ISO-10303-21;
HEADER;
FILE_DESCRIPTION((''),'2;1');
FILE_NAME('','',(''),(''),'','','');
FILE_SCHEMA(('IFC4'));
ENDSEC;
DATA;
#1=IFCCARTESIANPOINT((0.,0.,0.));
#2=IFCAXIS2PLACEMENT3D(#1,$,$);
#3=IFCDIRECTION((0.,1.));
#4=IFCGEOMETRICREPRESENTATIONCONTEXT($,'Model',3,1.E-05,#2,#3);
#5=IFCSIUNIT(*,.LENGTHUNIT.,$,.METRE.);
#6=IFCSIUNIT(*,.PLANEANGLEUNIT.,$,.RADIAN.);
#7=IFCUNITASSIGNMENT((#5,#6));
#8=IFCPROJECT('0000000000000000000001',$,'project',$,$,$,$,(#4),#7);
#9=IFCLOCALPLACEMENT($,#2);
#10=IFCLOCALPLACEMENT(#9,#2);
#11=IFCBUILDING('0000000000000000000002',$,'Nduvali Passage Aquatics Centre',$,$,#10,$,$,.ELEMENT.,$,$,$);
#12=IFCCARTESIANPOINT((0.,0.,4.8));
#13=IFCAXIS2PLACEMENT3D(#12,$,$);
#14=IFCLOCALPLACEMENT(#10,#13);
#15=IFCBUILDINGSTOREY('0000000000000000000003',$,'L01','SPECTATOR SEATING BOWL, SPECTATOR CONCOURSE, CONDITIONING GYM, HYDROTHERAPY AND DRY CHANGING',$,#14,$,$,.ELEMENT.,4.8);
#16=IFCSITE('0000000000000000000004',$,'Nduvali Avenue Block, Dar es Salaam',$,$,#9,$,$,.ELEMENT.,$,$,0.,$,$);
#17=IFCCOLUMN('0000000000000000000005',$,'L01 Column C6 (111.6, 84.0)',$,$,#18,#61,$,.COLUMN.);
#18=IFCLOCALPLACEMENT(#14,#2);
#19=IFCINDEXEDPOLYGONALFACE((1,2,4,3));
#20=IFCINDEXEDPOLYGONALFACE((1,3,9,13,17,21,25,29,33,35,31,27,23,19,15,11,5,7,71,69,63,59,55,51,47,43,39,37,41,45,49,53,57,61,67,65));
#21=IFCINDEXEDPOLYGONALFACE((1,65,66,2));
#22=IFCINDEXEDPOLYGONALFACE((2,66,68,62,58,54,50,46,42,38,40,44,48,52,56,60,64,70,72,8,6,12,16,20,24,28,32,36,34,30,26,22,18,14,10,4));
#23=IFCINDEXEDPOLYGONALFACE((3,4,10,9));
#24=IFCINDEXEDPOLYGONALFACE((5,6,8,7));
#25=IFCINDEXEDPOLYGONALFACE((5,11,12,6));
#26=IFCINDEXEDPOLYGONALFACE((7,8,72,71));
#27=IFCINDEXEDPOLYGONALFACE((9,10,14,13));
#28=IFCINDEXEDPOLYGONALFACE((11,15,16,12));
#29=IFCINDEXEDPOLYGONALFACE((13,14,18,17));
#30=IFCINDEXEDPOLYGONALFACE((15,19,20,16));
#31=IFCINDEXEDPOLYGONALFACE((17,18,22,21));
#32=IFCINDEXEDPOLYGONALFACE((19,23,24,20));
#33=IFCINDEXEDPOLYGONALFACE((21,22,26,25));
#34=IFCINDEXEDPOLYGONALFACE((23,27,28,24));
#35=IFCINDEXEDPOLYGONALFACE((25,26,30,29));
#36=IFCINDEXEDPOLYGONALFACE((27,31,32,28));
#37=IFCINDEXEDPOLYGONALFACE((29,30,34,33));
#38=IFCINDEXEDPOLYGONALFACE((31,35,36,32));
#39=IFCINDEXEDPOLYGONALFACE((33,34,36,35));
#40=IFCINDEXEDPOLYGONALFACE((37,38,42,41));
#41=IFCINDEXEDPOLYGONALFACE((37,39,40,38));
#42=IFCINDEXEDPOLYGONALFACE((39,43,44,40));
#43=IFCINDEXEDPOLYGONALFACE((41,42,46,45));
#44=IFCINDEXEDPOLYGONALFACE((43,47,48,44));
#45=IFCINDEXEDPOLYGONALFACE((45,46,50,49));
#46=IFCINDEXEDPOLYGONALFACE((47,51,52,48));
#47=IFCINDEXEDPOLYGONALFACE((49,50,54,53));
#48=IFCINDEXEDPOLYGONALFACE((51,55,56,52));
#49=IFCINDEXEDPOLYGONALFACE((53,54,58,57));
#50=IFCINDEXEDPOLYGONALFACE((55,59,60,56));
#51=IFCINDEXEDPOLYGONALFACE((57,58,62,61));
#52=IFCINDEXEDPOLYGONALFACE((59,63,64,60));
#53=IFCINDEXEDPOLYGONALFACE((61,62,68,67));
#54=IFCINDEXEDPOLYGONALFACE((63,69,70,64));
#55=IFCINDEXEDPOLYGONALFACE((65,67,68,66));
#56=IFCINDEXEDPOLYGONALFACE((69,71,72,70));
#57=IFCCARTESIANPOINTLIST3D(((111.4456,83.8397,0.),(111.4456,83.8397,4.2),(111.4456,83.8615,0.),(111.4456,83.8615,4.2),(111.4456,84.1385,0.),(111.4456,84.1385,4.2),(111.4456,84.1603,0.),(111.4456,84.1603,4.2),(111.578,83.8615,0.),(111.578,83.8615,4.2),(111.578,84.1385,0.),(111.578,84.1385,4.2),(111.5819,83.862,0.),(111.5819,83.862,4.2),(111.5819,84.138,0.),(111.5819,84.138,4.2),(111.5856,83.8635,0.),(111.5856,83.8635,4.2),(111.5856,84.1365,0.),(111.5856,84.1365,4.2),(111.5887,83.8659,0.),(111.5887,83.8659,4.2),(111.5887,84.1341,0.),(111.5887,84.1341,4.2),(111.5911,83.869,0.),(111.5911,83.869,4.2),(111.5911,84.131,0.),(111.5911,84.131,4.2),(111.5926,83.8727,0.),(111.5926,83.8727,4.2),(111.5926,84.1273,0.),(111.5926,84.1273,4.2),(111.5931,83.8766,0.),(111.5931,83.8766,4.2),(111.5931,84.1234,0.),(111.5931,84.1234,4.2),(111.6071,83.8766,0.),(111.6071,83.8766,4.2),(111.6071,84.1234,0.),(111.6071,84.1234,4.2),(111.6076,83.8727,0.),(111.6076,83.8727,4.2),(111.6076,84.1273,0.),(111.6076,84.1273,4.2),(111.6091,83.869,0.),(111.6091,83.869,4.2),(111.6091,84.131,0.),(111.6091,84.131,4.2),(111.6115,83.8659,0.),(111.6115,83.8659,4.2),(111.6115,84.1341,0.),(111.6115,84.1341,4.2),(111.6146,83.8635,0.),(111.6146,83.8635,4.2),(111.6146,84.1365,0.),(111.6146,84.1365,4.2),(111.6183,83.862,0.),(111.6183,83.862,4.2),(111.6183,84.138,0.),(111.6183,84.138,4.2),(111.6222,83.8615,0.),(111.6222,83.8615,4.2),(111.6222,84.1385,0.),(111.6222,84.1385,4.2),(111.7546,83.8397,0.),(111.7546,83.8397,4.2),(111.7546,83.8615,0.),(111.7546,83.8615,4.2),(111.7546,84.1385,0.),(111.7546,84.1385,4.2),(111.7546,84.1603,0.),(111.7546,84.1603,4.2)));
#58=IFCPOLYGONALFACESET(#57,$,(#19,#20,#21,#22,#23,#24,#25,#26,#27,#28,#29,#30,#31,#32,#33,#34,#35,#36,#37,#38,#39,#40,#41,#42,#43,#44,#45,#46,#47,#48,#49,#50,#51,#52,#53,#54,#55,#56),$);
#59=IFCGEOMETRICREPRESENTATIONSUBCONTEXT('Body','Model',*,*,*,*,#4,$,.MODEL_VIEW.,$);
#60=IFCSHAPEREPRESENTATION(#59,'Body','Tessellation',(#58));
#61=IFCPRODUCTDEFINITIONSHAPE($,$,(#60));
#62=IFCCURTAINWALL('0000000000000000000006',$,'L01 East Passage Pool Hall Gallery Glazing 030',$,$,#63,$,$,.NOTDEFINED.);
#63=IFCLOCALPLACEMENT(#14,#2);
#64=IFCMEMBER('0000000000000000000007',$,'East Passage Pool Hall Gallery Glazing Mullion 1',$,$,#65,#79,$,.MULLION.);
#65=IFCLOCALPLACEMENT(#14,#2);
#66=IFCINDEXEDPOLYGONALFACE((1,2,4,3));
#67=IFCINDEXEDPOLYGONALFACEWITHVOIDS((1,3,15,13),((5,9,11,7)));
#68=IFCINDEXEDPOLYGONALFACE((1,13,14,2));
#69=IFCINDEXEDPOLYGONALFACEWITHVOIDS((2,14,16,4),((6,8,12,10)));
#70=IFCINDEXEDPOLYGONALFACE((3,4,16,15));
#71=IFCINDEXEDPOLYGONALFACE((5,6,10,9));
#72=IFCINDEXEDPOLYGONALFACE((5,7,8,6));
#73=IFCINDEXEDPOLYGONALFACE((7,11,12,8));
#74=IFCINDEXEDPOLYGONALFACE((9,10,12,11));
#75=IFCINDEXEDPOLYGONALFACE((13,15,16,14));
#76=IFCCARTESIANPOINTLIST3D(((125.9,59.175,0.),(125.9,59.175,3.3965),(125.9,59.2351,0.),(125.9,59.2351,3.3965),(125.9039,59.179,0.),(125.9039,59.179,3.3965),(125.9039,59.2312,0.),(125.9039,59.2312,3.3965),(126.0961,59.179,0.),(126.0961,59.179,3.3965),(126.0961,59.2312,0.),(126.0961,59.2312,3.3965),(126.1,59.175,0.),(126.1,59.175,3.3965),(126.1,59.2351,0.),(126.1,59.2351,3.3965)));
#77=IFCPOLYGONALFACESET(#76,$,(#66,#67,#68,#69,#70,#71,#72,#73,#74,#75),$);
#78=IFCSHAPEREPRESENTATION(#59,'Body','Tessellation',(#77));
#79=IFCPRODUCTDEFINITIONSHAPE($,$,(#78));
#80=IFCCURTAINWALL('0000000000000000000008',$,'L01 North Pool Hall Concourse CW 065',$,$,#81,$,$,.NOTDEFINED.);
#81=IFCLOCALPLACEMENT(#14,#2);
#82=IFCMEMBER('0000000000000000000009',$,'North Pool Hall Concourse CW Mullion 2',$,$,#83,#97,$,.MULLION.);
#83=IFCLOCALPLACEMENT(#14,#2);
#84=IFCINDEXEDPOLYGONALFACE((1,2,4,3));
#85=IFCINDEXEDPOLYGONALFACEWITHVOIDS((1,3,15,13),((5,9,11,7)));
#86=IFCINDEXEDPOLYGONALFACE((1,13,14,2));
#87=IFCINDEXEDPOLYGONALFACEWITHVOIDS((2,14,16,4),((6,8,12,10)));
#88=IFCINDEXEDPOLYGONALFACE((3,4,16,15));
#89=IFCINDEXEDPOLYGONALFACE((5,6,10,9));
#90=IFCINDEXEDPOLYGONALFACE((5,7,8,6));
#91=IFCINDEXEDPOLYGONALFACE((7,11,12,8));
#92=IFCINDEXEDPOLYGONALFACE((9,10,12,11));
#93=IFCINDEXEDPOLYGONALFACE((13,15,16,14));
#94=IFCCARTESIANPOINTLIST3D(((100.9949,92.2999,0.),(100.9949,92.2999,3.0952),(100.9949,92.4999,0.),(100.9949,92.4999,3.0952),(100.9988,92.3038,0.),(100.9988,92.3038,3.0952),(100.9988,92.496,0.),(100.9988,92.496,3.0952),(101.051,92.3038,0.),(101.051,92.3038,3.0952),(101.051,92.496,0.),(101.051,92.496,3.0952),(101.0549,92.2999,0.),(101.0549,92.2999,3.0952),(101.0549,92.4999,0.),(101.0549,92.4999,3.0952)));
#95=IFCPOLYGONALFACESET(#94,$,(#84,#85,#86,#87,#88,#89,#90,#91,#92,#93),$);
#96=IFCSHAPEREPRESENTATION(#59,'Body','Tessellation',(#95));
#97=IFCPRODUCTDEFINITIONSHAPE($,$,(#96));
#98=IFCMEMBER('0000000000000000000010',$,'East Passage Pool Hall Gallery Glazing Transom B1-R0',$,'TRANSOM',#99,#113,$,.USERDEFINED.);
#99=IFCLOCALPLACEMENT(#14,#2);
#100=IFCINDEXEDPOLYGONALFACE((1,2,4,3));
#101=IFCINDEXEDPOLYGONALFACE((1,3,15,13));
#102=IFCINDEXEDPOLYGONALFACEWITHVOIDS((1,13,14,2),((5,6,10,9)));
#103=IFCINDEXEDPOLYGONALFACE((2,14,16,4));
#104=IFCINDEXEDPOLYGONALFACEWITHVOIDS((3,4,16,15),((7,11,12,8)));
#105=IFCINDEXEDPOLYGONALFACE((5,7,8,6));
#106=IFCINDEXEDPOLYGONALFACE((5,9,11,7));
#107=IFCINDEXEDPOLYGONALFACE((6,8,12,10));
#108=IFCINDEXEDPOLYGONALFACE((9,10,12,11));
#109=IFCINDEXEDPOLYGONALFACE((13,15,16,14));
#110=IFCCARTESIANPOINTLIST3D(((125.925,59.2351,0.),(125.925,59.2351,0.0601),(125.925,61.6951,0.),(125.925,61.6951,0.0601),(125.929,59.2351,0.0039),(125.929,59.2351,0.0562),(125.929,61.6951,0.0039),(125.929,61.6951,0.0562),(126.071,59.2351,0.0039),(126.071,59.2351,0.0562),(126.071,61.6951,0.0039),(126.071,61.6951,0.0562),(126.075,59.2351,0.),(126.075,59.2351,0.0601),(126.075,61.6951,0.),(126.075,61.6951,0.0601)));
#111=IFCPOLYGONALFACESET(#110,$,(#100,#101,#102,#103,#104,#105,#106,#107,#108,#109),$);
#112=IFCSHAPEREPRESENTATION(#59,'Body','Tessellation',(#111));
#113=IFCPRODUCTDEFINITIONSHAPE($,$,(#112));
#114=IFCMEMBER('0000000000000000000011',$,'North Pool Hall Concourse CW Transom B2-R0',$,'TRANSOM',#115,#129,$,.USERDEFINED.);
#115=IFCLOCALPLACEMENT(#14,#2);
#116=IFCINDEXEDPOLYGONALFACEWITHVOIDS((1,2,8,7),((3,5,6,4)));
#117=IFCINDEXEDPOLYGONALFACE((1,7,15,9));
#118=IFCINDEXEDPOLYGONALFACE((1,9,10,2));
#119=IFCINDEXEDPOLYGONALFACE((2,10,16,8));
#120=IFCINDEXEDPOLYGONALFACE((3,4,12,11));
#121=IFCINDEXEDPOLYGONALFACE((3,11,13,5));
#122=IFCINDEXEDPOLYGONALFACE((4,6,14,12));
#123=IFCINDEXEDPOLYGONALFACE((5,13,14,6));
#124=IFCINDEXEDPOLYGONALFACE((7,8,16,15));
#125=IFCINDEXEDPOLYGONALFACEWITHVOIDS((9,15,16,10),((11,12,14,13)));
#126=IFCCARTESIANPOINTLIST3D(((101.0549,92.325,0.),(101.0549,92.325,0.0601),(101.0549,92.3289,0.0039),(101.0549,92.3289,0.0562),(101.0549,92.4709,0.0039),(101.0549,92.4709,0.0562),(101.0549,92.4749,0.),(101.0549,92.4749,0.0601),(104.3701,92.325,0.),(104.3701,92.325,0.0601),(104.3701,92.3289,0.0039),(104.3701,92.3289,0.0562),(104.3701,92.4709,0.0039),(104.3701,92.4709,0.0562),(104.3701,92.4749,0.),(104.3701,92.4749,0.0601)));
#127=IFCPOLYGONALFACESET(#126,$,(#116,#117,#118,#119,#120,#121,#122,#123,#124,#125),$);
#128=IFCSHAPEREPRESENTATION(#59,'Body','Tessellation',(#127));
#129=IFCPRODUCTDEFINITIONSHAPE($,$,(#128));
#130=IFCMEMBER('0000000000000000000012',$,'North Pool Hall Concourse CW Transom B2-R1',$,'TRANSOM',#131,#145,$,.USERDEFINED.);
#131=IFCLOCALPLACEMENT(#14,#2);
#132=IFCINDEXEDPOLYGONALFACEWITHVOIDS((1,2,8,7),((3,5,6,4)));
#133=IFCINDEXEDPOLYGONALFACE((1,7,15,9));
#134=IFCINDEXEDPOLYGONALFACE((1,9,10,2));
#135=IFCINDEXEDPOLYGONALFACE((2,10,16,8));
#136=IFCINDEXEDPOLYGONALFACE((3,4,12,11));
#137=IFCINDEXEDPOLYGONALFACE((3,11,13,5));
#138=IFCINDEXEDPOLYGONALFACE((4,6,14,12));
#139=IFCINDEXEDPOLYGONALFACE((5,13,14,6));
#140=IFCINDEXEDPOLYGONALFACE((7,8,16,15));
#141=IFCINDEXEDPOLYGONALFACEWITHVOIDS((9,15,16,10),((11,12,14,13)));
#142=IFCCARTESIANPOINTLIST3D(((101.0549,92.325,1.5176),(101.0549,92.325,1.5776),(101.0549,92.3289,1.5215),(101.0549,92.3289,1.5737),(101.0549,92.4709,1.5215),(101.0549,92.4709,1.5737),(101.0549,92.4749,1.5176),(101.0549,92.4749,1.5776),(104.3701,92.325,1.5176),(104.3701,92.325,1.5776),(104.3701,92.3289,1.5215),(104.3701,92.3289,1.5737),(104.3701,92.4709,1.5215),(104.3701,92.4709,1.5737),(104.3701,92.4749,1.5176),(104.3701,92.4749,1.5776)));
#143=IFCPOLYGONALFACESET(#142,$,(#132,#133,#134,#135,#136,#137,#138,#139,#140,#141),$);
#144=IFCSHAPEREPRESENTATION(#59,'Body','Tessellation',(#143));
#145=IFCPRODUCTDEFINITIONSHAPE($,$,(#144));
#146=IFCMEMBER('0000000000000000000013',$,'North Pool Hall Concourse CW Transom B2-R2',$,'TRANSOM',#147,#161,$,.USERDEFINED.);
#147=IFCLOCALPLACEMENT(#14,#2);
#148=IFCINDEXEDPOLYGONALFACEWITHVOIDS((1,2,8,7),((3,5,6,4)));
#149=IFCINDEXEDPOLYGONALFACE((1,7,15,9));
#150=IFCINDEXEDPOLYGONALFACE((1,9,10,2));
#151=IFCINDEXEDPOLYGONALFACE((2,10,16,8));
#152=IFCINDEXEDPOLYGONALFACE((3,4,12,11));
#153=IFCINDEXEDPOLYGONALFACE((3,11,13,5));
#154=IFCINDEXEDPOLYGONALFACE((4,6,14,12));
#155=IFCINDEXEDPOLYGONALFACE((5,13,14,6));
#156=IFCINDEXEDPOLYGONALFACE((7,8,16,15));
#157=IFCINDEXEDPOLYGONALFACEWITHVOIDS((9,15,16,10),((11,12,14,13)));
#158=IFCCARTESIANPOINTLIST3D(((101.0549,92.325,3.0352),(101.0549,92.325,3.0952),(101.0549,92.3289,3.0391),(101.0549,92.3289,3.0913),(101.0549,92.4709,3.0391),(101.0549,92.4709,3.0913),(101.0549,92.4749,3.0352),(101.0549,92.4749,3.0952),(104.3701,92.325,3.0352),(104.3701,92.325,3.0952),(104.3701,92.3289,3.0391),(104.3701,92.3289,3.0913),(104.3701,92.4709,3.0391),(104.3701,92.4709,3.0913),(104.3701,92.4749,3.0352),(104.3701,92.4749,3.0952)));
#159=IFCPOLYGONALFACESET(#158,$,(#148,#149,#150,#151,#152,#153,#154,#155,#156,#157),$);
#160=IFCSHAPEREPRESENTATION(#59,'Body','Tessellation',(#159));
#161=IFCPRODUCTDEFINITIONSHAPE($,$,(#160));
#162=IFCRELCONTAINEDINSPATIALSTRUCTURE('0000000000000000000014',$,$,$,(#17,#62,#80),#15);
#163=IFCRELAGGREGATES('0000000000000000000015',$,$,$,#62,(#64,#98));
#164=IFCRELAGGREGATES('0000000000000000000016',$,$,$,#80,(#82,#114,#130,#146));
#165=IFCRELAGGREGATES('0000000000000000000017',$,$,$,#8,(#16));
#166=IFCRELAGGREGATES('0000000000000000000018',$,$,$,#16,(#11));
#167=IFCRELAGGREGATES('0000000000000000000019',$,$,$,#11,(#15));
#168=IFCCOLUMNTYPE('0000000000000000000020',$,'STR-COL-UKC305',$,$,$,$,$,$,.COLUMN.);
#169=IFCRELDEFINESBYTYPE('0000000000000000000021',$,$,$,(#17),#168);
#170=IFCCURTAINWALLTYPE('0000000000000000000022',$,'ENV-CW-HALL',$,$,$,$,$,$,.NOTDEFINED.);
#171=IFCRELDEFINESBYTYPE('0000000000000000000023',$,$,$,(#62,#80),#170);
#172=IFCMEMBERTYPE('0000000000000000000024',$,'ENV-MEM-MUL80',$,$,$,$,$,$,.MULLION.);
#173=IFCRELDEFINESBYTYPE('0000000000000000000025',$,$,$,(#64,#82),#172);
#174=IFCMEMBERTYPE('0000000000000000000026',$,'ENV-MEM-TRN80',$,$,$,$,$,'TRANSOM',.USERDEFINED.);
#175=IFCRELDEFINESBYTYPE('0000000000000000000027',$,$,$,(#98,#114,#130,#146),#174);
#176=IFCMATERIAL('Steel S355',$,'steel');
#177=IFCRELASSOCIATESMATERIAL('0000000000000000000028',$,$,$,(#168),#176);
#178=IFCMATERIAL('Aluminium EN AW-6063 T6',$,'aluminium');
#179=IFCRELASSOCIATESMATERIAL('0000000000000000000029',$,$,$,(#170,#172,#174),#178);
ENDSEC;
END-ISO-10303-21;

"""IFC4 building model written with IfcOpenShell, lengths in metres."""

from ifc_helpers import new_model, si_unit, direction, frame, origin, origin_2d, place, context, subcontext, project, spatial, hollow_rectangle, i_section, extrude, material, material_profile, profile_set, type_object, element, aggregate, save


model = new_model("IFC4")

# Units and contexts
model_context = context("Model", 3, precision=1e-05, world=origin(), true_north=direction((0.0, 1.0)))
body_context = subcontext(model_context, "Body", "Model", "MODEL_VIEW")
ifc_project = project(units=[si_unit("LENGTHUNIT", "METRE"), si_unit("PLANEANGLEUNIT", "RADIAN")], contexts=[model_context])

# Site, building, storey
site_placement = place(None, origin())
site = spatial("IfcSite", under=ifc_project, at=site_placement, Name="Nduvali Avenue Block, Dar es Salaam", CompositionType="ELEMENT", RefElevation=0.0)
building_placement = place(site_placement, origin())
building = spatial("IfcBuilding", under=site, at=building_placement, Name="Nduvali Passage Aquatics Centre", CompositionType="ELEMENT")
storey_placement = place(building_placement, frame((0.0, 0.0, 4.8)))
storey = spatial("IfcBuildingStorey", under=building, at=storey_placement, Name="L01", Description="SPECTATOR SEATING BOWL, SPECTATOR CONCOURSE, CONDITIONING GYM, HYDROTHERAPY AND DRY CHANGING", CompositionType="ELEMENT", Elevation=4.8)

# Column
ifc_material_1 = material(Name="Steel S355", Category="steel")
ifc_material_profile_1 = material_profile(ifc_material_1, i_section(OverallWidth=0.3091, OverallDepth=0.3206, WebThickness=0.0139, FlangeThickness=0.0217, FilletRadius=0.0151, at=origin_2d()), Name="UKC 305x305x137")
ifc_profile_set_1 = profile_set([ifc_material_profile_1], Name="Steel S355")
column_type = type_object("IfcColumnType", Name="STR-COL-UKC305", PredefinedType="COLUMN", material=ifc_profile_set_1)
column_placement = place(storey_placement, frame((111.6001, 84.0, 0.0), z_axis=(0.0, 0.0, 1.0), x_axis=(1.0, 0.0, 0.0)))
element("IfcColumn", 1, at=column_placement, inside=storey, type_object=column_type, Name="L01 Column C6 (111.6, 84.0)", PredefinedType="COLUMN", context=body_context, shape_type="SweptSolid", body=[
    extrude(i_section(OverallWidth=0.3091, OverallDepth=0.3206, WebThickness=0.0139, FlangeThickness=0.0217, FilletRadius=0.0151, at=origin_2d()), origin(), (0.0, 0.0, 1.0), 4.2),
])

# Curtain walls, members
ifc_material_2 = material(Name="Aluminium EN AW-6063 T6", Category="aluminium")
curtain_wall_type = type_object("IfcCurtainWallType", Name="ENV-CW-HALL", PredefinedType="NOTDEFINED", material=ifc_material_2)
curtain_wall_1_placement = place(storey_placement, origin())
curtain_wall_1 = element("IfcCurtainWall", 2, at=curtain_wall_1_placement, inside=storey, type_object=curtain_wall_type, Name="L01 East Passage Pool Hall Gallery Glazing 030", PredefinedType="NOTDEFINED")
ifc_material_profile_2 = material_profile(ifc_material_2, hollow_rectangle(XDim=0.0601, YDim=0.2, WallThickness=0.0039, at=origin_2d()), Name="ALU MULLION 60x200x4")
ifc_profile_set_2 = profile_set([ifc_material_profile_2], Name="Aluminium EN AW-6063 T6")
member_type_1 = type_object("IfcMemberType", Name="ENV-MEM-MUL80", PredefinedType="MULLION", material=ifc_profile_set_2)
member_1_placement = place(storey_placement, frame((126.0, 59.2051, 0.0), z_axis=(0.0, 0.0, 1.0), x_axis=(0.0, 1.0, 0.0)))
member_1 = element("IfcMember", 3, at=member_1_placement, type_object=member_type_1, Name="East Passage Pool Hall Gallery Glazing Mullion 1", PredefinedType="MULLION", context=body_context, shape_type="SweptSolid", body=[
    extrude(hollow_rectangle(XDim=0.0601, YDim=0.2, WallThickness=0.0039, at=origin_2d()), origin(), (0.0, 0.0, 1.0), 3.3965),
])
curtain_wall_2_placement = place(storey_placement, origin())
curtain_wall_2 = element("IfcCurtainWall", 4, at=curtain_wall_2_placement, inside=storey, type_object=curtain_wall_type, Name="L01 North Pool Hall Concourse CW 065", PredefinedType="NOTDEFINED")
member_2_placement = place(storey_placement, frame((101.0249, 92.3999, 0.0), z_axis=(0.0, 0.0, 1.0), x_axis=(1.0, 0.0, 0.0)))
member_2 = element("IfcMember", 5, at=member_2_placement, type_object=member_type_1, Name="North Pool Hall Concourse CW Mullion 2", PredefinedType="MULLION", context=body_context, shape_type="SweptSolid", body=[
    extrude(hollow_rectangle(XDim=0.0601, YDim=0.2, WallThickness=0.0039, at=origin_2d()), origin(), (0.0, 0.0, 1.0), 3.0952),
])

# Members
ifc_material_profile_3 = material_profile(ifc_material_2, hollow_rectangle(XDim=0.1499, YDim=0.0601, WallThickness=0.0039, at=origin_2d()), Name="ALU TRANSOM 150x60x4")
ifc_profile_set_3 = profile_set([ifc_material_profile_3], Name="Aluminium EN AW-6063 T6")
member_type_2 = type_object("IfcMemberType", Name="ENV-MEM-TRN80", ElementType="TRANSOM", PredefinedType="USERDEFINED", material=ifc_profile_set_3)
member_3_placement = place(storey_placement, frame((126.0, 59.2351, 0.03), z_axis=(0.0, 1.0, 0.0), x_axis=(-1.0, 0.0, 0.0)))
member_3 = element("IfcMember", 6, at=member_3_placement, type_object=member_type_2, Name="East Passage Pool Hall Gallery Glazing Transom B1-R0", ObjectType="TRANSOM", PredefinedType="USERDEFINED", context=body_context, shape_type="SweptSolid", body=[
    extrude(hollow_rectangle(XDim=0.1499, YDim=0.0601, WallThickness=0.0039, at=origin_2d()), origin(), (0.0, 0.0, 1.0), 2.46),
])
aggregate(curtain_wall_1, [member_1, member_3])
member_4_placement = place(storey_placement, frame((101.0549, 92.3999, 0.03), z_axis=(1.0, 0.0, 0.0), x_axis=(0.0, 1.0, 0.0)))
member_4 = element("IfcMember", 7, at=member_4_placement, type_object=member_type_2, Name="North Pool Hall Concourse CW Transom B2-R0", ObjectType="TRANSOM", PredefinedType="USERDEFINED", context=body_context, shape_type="SweptSolid", body=[
    extrude(hollow_rectangle(XDim=0.1499, YDim=0.0601, WallThickness=0.0039, at=origin_2d()), origin(), (0.0, 0.0, 1.0), 3.3152),
])
member_5_placement = place(storey_placement, frame((101.0549, 92.3999, 1.5476), z_axis=(1.0, 0.0, 0.0), x_axis=(0.0, 1.0, 0.0)))
member_5 = element("IfcMember", 8, at=member_5_placement, type_object=member_type_2, Name="North Pool Hall Concourse CW Transom B2-R1", ObjectType="TRANSOM", PredefinedType="USERDEFINED", context=body_context, shape_type="SweptSolid", body=[
    extrude(hollow_rectangle(XDim=0.1499, YDim=0.0601, WallThickness=0.0039, at=origin_2d()), origin(), (0.0, 0.0, 1.0), 3.3152),
])
member_6_placement = place(storey_placement, frame((101.0549, 92.3999, 3.0652), z_axis=(1.0, 0.0, 0.0), x_axis=(0.0, 1.0, 0.0)))
member_6 = element("IfcMember", 9, at=member_6_placement, type_object=member_type_2, Name="North Pool Hall Concourse CW Transom B2-R2", ObjectType="TRANSOM", PredefinedType="USERDEFINED", context=body_context, shape_type="SweptSolid", body=[
    extrude(hollow_rectangle(XDim=0.1499, YDim=0.0601, WallThickness=0.0039, at=origin_2d()), origin(), (0.0, 0.0, 1.0), 3.3152),
])

aggregate(curtain_wall_2, [member_2, member_4, member_5, member_6])

save(model, "model.ifc")
